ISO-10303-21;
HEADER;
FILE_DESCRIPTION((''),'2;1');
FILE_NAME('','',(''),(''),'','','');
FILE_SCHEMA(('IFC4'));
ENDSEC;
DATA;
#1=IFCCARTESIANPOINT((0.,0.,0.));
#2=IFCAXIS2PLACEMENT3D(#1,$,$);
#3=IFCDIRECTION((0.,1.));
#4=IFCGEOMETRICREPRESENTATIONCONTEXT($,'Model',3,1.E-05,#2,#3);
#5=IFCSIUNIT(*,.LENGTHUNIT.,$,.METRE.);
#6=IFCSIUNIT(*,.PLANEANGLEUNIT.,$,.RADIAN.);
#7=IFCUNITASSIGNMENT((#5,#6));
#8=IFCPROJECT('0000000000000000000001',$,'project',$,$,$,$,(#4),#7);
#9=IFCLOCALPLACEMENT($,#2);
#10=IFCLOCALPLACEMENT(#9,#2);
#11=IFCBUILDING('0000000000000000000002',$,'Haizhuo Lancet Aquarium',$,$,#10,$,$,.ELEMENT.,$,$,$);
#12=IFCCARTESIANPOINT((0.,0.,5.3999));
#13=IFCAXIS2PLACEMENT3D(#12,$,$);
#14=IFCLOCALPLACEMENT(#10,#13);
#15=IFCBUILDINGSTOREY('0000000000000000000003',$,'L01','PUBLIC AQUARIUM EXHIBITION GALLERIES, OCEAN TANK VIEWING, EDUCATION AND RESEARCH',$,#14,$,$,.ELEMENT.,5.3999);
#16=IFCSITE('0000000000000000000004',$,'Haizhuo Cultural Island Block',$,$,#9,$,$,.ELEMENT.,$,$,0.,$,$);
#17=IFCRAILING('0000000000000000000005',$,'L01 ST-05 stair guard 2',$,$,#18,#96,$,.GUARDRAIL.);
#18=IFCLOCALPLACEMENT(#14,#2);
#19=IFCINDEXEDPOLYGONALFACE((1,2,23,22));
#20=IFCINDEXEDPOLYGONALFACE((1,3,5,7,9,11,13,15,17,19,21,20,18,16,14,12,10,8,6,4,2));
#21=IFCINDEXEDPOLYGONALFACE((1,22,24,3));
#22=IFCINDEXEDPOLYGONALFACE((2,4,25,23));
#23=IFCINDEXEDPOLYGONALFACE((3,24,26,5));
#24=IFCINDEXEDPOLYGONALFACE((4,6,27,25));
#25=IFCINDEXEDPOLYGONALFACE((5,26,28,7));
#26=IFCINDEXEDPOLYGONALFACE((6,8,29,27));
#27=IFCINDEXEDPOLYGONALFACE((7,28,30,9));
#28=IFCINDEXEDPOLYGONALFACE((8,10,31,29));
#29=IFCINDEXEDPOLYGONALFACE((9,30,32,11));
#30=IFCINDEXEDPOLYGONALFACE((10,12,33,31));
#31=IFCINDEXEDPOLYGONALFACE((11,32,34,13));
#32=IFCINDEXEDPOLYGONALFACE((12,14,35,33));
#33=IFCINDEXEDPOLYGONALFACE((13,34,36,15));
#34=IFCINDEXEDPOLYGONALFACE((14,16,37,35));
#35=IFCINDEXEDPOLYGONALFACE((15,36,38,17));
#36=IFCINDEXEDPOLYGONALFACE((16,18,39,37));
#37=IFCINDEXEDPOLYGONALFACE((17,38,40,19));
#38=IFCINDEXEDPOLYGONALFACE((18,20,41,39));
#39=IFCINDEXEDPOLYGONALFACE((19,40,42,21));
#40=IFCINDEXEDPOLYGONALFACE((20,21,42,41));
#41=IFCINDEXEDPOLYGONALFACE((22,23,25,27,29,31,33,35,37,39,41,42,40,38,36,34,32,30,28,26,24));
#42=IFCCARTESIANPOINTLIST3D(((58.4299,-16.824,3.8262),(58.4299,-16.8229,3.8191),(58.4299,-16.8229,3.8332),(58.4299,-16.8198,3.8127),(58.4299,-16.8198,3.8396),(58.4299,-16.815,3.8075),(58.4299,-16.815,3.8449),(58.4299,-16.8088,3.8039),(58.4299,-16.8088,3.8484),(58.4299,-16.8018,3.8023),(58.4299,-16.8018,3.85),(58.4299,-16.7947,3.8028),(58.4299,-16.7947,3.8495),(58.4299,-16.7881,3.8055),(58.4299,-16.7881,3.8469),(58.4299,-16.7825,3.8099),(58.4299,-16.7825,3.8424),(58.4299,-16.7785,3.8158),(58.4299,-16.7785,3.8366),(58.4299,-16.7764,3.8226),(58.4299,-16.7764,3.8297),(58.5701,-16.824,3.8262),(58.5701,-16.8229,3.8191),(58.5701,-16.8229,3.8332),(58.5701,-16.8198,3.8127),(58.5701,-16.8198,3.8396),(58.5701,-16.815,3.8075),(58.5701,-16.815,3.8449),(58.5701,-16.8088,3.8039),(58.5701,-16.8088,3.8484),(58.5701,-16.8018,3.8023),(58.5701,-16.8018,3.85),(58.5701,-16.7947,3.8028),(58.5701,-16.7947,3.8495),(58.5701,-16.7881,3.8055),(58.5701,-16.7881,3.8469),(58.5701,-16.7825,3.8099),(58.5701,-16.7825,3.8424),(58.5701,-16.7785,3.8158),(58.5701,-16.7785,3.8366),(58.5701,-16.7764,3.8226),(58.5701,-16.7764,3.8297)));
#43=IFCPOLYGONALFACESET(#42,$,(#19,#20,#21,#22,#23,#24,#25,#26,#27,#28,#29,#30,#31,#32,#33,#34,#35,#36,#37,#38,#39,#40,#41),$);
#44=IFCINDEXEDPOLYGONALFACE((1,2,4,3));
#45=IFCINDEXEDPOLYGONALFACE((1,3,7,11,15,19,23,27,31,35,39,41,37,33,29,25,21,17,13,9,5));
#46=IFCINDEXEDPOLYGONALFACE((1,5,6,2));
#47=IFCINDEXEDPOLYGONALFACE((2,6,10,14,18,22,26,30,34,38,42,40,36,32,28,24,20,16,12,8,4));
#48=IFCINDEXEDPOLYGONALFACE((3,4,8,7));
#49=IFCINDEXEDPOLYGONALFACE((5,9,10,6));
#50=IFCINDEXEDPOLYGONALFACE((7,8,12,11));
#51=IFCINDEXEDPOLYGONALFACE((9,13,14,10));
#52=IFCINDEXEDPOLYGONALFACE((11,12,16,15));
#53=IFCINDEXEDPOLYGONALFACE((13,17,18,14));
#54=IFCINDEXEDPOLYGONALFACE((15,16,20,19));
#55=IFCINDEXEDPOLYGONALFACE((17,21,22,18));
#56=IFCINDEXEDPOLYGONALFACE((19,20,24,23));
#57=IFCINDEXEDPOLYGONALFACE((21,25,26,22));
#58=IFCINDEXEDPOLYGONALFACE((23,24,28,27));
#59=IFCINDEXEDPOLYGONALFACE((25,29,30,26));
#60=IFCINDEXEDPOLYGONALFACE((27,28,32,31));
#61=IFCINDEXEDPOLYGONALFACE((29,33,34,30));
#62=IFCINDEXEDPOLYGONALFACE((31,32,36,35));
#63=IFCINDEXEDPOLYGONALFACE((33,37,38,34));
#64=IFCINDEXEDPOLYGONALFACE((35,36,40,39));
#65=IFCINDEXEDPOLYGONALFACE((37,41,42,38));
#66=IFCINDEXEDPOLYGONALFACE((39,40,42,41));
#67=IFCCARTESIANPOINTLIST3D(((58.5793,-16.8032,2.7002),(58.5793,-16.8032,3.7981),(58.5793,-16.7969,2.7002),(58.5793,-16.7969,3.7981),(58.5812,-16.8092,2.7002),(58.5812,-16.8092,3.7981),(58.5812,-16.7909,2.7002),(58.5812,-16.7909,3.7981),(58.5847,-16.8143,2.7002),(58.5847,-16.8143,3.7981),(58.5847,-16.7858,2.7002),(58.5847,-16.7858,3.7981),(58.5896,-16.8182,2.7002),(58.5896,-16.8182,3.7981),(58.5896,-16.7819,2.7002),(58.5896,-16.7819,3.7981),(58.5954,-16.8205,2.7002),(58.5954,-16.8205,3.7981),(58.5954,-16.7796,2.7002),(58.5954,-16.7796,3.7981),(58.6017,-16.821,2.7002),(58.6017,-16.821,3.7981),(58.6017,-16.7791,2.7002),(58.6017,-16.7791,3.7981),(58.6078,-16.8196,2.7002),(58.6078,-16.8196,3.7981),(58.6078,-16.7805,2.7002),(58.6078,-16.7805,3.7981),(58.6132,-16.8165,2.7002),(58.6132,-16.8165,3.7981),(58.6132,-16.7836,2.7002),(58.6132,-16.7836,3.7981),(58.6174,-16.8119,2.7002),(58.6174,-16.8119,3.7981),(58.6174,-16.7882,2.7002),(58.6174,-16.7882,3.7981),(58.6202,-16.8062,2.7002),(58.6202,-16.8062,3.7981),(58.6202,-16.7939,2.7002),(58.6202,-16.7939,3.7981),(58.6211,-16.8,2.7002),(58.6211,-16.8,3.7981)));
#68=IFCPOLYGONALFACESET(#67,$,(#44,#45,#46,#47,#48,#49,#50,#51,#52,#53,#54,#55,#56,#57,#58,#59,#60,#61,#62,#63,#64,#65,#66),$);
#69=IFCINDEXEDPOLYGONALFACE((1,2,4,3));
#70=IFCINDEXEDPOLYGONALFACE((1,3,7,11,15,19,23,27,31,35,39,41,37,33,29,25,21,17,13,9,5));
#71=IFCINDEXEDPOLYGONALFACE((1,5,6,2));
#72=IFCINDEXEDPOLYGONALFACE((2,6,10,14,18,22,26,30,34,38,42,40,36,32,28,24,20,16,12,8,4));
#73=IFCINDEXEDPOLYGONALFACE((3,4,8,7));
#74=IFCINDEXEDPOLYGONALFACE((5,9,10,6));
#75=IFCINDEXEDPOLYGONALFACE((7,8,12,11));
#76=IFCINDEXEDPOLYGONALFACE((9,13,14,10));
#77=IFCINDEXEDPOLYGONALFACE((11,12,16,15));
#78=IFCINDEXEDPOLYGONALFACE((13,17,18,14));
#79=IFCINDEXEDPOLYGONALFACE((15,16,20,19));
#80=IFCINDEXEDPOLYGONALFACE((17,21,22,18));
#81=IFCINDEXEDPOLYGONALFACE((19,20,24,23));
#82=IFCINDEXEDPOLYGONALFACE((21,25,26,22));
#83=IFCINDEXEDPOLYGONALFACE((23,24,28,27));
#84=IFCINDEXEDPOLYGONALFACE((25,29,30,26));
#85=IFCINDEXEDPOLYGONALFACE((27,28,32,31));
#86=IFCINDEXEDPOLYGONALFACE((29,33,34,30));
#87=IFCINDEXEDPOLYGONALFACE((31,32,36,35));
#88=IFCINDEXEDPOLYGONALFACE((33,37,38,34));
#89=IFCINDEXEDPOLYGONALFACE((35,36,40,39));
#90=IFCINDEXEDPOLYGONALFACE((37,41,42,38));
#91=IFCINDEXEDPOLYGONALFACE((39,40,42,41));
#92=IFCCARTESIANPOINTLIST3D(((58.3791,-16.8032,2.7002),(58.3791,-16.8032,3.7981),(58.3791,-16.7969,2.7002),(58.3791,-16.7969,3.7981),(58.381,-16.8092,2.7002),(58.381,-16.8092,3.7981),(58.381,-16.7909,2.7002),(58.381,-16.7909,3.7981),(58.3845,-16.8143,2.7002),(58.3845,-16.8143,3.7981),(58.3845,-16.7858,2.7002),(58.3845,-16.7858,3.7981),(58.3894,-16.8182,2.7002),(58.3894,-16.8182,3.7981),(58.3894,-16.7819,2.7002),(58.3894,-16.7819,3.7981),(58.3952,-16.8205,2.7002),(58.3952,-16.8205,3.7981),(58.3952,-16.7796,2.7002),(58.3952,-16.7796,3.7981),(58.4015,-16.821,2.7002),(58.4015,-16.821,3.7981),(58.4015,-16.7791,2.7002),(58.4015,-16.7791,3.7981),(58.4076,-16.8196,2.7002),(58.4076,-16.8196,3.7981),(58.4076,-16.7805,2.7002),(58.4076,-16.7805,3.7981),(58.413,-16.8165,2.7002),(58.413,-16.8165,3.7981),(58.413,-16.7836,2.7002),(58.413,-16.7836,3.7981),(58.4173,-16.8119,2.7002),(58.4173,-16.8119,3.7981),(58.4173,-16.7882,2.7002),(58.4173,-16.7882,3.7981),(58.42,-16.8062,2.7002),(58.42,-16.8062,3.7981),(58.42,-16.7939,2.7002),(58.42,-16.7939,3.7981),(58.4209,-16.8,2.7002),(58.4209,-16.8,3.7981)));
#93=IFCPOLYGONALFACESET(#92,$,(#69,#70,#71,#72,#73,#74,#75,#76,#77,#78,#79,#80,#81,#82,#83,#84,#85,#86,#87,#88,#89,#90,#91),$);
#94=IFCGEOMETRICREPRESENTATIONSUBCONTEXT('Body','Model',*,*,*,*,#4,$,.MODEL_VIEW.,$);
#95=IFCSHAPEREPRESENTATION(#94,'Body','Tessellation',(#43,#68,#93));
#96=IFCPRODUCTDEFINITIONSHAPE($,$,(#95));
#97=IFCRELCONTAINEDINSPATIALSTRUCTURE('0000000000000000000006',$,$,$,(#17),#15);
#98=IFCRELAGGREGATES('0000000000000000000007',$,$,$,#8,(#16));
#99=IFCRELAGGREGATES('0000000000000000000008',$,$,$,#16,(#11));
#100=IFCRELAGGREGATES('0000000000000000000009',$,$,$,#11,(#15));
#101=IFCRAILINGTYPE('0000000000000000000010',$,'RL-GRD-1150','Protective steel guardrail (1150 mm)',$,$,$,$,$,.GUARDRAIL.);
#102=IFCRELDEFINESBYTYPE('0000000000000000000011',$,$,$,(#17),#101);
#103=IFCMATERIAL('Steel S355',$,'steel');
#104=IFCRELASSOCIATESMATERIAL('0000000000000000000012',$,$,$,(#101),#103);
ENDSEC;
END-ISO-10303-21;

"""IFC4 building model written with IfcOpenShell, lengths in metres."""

from ifc_helpers import new_model, si_unit, direction, frame, origin, origin_2d, place, context, subcontext, project, spatial, circle, extrude, material, type_object, element, save


model = new_model("IFC4")

# Units and contexts
model_context = context("Model", 3, precision=1e-05, world=origin(), true_north=direction((0.0, 1.0)))
body_context = subcontext(model_context, "Body", "Model", "MODEL_VIEW")
ifc_project = project(units=[si_unit("LENGTHUNIT", "METRE"), si_unit("PLANEANGLEUNIT", "RADIAN")], contexts=[model_context])

# Site, building, storey
site_placement = place(None, origin())
site = spatial("IfcSite", under=ifc_project, at=site_placement, Name="Haizhuo Cultural Island Block", CompositionType="ELEMENT", RefElevation=0.0)
building_placement = place(site_placement, origin())
building = spatial("IfcBuilding", under=site, at=building_placement, Name="Haizhuo Lancet Aquarium", CompositionType="ELEMENT")
storey_placement = place(building_placement, frame((0.0, 0.0, 5.3999)))
storey = spatial("IfcBuildingStorey", under=building, at=storey_placement, Name="L01", Description="PUBLIC AQUARIUM EXHIBITION GALLERIES, OCEAN TANK VIEWING, EDUCATION AND RESEARCH", CompositionType="ELEMENT", Elevation=5.3999)

# Shared definitions
ifc_material_1 = material(Name="Steel S355", Category="steel")

# Railing
railing_type_1 = type_object("IfcRailingType", Name="RL-GRD-1150", Description="Protective steel guardrail (1150 mm)", PredefinedType="GUARDRAIL", material=ifc_material_1)
railing_1_placement = place(storey_placement, frame((58.6001, -16.8, 2.7002)))
element("IfcRailing", 1, at=railing_1_placement, inside=storey, type_object=railing_type_1, Name="L01 ST-05 stair guard 2", PredefinedType="GUARDRAIL", context=body_context, shape_type="SweptSolid", body=[
    extrude(circle(Radius=0.0239, at=origin_2d()), frame((-0.03, 0.0, 1.126), z_axis=(-1.0, 0.0, 0.0), x_axis=(0.0, -1.0, 0.0)), (0.0, 0.0, 1.0), 0.1401),
    extrude(circle(Radius=0.021, at=origin_2d()), origin(), (0.0, 0.0, 1.0), 1.0979),
    extrude(circle(Radius=0.021, at=origin_2d()), frame((-0.2002, 0.0, 0.0)), (0.0, 0.0, 1.0), 1.0979),
])

save(model, "model.ifc")
